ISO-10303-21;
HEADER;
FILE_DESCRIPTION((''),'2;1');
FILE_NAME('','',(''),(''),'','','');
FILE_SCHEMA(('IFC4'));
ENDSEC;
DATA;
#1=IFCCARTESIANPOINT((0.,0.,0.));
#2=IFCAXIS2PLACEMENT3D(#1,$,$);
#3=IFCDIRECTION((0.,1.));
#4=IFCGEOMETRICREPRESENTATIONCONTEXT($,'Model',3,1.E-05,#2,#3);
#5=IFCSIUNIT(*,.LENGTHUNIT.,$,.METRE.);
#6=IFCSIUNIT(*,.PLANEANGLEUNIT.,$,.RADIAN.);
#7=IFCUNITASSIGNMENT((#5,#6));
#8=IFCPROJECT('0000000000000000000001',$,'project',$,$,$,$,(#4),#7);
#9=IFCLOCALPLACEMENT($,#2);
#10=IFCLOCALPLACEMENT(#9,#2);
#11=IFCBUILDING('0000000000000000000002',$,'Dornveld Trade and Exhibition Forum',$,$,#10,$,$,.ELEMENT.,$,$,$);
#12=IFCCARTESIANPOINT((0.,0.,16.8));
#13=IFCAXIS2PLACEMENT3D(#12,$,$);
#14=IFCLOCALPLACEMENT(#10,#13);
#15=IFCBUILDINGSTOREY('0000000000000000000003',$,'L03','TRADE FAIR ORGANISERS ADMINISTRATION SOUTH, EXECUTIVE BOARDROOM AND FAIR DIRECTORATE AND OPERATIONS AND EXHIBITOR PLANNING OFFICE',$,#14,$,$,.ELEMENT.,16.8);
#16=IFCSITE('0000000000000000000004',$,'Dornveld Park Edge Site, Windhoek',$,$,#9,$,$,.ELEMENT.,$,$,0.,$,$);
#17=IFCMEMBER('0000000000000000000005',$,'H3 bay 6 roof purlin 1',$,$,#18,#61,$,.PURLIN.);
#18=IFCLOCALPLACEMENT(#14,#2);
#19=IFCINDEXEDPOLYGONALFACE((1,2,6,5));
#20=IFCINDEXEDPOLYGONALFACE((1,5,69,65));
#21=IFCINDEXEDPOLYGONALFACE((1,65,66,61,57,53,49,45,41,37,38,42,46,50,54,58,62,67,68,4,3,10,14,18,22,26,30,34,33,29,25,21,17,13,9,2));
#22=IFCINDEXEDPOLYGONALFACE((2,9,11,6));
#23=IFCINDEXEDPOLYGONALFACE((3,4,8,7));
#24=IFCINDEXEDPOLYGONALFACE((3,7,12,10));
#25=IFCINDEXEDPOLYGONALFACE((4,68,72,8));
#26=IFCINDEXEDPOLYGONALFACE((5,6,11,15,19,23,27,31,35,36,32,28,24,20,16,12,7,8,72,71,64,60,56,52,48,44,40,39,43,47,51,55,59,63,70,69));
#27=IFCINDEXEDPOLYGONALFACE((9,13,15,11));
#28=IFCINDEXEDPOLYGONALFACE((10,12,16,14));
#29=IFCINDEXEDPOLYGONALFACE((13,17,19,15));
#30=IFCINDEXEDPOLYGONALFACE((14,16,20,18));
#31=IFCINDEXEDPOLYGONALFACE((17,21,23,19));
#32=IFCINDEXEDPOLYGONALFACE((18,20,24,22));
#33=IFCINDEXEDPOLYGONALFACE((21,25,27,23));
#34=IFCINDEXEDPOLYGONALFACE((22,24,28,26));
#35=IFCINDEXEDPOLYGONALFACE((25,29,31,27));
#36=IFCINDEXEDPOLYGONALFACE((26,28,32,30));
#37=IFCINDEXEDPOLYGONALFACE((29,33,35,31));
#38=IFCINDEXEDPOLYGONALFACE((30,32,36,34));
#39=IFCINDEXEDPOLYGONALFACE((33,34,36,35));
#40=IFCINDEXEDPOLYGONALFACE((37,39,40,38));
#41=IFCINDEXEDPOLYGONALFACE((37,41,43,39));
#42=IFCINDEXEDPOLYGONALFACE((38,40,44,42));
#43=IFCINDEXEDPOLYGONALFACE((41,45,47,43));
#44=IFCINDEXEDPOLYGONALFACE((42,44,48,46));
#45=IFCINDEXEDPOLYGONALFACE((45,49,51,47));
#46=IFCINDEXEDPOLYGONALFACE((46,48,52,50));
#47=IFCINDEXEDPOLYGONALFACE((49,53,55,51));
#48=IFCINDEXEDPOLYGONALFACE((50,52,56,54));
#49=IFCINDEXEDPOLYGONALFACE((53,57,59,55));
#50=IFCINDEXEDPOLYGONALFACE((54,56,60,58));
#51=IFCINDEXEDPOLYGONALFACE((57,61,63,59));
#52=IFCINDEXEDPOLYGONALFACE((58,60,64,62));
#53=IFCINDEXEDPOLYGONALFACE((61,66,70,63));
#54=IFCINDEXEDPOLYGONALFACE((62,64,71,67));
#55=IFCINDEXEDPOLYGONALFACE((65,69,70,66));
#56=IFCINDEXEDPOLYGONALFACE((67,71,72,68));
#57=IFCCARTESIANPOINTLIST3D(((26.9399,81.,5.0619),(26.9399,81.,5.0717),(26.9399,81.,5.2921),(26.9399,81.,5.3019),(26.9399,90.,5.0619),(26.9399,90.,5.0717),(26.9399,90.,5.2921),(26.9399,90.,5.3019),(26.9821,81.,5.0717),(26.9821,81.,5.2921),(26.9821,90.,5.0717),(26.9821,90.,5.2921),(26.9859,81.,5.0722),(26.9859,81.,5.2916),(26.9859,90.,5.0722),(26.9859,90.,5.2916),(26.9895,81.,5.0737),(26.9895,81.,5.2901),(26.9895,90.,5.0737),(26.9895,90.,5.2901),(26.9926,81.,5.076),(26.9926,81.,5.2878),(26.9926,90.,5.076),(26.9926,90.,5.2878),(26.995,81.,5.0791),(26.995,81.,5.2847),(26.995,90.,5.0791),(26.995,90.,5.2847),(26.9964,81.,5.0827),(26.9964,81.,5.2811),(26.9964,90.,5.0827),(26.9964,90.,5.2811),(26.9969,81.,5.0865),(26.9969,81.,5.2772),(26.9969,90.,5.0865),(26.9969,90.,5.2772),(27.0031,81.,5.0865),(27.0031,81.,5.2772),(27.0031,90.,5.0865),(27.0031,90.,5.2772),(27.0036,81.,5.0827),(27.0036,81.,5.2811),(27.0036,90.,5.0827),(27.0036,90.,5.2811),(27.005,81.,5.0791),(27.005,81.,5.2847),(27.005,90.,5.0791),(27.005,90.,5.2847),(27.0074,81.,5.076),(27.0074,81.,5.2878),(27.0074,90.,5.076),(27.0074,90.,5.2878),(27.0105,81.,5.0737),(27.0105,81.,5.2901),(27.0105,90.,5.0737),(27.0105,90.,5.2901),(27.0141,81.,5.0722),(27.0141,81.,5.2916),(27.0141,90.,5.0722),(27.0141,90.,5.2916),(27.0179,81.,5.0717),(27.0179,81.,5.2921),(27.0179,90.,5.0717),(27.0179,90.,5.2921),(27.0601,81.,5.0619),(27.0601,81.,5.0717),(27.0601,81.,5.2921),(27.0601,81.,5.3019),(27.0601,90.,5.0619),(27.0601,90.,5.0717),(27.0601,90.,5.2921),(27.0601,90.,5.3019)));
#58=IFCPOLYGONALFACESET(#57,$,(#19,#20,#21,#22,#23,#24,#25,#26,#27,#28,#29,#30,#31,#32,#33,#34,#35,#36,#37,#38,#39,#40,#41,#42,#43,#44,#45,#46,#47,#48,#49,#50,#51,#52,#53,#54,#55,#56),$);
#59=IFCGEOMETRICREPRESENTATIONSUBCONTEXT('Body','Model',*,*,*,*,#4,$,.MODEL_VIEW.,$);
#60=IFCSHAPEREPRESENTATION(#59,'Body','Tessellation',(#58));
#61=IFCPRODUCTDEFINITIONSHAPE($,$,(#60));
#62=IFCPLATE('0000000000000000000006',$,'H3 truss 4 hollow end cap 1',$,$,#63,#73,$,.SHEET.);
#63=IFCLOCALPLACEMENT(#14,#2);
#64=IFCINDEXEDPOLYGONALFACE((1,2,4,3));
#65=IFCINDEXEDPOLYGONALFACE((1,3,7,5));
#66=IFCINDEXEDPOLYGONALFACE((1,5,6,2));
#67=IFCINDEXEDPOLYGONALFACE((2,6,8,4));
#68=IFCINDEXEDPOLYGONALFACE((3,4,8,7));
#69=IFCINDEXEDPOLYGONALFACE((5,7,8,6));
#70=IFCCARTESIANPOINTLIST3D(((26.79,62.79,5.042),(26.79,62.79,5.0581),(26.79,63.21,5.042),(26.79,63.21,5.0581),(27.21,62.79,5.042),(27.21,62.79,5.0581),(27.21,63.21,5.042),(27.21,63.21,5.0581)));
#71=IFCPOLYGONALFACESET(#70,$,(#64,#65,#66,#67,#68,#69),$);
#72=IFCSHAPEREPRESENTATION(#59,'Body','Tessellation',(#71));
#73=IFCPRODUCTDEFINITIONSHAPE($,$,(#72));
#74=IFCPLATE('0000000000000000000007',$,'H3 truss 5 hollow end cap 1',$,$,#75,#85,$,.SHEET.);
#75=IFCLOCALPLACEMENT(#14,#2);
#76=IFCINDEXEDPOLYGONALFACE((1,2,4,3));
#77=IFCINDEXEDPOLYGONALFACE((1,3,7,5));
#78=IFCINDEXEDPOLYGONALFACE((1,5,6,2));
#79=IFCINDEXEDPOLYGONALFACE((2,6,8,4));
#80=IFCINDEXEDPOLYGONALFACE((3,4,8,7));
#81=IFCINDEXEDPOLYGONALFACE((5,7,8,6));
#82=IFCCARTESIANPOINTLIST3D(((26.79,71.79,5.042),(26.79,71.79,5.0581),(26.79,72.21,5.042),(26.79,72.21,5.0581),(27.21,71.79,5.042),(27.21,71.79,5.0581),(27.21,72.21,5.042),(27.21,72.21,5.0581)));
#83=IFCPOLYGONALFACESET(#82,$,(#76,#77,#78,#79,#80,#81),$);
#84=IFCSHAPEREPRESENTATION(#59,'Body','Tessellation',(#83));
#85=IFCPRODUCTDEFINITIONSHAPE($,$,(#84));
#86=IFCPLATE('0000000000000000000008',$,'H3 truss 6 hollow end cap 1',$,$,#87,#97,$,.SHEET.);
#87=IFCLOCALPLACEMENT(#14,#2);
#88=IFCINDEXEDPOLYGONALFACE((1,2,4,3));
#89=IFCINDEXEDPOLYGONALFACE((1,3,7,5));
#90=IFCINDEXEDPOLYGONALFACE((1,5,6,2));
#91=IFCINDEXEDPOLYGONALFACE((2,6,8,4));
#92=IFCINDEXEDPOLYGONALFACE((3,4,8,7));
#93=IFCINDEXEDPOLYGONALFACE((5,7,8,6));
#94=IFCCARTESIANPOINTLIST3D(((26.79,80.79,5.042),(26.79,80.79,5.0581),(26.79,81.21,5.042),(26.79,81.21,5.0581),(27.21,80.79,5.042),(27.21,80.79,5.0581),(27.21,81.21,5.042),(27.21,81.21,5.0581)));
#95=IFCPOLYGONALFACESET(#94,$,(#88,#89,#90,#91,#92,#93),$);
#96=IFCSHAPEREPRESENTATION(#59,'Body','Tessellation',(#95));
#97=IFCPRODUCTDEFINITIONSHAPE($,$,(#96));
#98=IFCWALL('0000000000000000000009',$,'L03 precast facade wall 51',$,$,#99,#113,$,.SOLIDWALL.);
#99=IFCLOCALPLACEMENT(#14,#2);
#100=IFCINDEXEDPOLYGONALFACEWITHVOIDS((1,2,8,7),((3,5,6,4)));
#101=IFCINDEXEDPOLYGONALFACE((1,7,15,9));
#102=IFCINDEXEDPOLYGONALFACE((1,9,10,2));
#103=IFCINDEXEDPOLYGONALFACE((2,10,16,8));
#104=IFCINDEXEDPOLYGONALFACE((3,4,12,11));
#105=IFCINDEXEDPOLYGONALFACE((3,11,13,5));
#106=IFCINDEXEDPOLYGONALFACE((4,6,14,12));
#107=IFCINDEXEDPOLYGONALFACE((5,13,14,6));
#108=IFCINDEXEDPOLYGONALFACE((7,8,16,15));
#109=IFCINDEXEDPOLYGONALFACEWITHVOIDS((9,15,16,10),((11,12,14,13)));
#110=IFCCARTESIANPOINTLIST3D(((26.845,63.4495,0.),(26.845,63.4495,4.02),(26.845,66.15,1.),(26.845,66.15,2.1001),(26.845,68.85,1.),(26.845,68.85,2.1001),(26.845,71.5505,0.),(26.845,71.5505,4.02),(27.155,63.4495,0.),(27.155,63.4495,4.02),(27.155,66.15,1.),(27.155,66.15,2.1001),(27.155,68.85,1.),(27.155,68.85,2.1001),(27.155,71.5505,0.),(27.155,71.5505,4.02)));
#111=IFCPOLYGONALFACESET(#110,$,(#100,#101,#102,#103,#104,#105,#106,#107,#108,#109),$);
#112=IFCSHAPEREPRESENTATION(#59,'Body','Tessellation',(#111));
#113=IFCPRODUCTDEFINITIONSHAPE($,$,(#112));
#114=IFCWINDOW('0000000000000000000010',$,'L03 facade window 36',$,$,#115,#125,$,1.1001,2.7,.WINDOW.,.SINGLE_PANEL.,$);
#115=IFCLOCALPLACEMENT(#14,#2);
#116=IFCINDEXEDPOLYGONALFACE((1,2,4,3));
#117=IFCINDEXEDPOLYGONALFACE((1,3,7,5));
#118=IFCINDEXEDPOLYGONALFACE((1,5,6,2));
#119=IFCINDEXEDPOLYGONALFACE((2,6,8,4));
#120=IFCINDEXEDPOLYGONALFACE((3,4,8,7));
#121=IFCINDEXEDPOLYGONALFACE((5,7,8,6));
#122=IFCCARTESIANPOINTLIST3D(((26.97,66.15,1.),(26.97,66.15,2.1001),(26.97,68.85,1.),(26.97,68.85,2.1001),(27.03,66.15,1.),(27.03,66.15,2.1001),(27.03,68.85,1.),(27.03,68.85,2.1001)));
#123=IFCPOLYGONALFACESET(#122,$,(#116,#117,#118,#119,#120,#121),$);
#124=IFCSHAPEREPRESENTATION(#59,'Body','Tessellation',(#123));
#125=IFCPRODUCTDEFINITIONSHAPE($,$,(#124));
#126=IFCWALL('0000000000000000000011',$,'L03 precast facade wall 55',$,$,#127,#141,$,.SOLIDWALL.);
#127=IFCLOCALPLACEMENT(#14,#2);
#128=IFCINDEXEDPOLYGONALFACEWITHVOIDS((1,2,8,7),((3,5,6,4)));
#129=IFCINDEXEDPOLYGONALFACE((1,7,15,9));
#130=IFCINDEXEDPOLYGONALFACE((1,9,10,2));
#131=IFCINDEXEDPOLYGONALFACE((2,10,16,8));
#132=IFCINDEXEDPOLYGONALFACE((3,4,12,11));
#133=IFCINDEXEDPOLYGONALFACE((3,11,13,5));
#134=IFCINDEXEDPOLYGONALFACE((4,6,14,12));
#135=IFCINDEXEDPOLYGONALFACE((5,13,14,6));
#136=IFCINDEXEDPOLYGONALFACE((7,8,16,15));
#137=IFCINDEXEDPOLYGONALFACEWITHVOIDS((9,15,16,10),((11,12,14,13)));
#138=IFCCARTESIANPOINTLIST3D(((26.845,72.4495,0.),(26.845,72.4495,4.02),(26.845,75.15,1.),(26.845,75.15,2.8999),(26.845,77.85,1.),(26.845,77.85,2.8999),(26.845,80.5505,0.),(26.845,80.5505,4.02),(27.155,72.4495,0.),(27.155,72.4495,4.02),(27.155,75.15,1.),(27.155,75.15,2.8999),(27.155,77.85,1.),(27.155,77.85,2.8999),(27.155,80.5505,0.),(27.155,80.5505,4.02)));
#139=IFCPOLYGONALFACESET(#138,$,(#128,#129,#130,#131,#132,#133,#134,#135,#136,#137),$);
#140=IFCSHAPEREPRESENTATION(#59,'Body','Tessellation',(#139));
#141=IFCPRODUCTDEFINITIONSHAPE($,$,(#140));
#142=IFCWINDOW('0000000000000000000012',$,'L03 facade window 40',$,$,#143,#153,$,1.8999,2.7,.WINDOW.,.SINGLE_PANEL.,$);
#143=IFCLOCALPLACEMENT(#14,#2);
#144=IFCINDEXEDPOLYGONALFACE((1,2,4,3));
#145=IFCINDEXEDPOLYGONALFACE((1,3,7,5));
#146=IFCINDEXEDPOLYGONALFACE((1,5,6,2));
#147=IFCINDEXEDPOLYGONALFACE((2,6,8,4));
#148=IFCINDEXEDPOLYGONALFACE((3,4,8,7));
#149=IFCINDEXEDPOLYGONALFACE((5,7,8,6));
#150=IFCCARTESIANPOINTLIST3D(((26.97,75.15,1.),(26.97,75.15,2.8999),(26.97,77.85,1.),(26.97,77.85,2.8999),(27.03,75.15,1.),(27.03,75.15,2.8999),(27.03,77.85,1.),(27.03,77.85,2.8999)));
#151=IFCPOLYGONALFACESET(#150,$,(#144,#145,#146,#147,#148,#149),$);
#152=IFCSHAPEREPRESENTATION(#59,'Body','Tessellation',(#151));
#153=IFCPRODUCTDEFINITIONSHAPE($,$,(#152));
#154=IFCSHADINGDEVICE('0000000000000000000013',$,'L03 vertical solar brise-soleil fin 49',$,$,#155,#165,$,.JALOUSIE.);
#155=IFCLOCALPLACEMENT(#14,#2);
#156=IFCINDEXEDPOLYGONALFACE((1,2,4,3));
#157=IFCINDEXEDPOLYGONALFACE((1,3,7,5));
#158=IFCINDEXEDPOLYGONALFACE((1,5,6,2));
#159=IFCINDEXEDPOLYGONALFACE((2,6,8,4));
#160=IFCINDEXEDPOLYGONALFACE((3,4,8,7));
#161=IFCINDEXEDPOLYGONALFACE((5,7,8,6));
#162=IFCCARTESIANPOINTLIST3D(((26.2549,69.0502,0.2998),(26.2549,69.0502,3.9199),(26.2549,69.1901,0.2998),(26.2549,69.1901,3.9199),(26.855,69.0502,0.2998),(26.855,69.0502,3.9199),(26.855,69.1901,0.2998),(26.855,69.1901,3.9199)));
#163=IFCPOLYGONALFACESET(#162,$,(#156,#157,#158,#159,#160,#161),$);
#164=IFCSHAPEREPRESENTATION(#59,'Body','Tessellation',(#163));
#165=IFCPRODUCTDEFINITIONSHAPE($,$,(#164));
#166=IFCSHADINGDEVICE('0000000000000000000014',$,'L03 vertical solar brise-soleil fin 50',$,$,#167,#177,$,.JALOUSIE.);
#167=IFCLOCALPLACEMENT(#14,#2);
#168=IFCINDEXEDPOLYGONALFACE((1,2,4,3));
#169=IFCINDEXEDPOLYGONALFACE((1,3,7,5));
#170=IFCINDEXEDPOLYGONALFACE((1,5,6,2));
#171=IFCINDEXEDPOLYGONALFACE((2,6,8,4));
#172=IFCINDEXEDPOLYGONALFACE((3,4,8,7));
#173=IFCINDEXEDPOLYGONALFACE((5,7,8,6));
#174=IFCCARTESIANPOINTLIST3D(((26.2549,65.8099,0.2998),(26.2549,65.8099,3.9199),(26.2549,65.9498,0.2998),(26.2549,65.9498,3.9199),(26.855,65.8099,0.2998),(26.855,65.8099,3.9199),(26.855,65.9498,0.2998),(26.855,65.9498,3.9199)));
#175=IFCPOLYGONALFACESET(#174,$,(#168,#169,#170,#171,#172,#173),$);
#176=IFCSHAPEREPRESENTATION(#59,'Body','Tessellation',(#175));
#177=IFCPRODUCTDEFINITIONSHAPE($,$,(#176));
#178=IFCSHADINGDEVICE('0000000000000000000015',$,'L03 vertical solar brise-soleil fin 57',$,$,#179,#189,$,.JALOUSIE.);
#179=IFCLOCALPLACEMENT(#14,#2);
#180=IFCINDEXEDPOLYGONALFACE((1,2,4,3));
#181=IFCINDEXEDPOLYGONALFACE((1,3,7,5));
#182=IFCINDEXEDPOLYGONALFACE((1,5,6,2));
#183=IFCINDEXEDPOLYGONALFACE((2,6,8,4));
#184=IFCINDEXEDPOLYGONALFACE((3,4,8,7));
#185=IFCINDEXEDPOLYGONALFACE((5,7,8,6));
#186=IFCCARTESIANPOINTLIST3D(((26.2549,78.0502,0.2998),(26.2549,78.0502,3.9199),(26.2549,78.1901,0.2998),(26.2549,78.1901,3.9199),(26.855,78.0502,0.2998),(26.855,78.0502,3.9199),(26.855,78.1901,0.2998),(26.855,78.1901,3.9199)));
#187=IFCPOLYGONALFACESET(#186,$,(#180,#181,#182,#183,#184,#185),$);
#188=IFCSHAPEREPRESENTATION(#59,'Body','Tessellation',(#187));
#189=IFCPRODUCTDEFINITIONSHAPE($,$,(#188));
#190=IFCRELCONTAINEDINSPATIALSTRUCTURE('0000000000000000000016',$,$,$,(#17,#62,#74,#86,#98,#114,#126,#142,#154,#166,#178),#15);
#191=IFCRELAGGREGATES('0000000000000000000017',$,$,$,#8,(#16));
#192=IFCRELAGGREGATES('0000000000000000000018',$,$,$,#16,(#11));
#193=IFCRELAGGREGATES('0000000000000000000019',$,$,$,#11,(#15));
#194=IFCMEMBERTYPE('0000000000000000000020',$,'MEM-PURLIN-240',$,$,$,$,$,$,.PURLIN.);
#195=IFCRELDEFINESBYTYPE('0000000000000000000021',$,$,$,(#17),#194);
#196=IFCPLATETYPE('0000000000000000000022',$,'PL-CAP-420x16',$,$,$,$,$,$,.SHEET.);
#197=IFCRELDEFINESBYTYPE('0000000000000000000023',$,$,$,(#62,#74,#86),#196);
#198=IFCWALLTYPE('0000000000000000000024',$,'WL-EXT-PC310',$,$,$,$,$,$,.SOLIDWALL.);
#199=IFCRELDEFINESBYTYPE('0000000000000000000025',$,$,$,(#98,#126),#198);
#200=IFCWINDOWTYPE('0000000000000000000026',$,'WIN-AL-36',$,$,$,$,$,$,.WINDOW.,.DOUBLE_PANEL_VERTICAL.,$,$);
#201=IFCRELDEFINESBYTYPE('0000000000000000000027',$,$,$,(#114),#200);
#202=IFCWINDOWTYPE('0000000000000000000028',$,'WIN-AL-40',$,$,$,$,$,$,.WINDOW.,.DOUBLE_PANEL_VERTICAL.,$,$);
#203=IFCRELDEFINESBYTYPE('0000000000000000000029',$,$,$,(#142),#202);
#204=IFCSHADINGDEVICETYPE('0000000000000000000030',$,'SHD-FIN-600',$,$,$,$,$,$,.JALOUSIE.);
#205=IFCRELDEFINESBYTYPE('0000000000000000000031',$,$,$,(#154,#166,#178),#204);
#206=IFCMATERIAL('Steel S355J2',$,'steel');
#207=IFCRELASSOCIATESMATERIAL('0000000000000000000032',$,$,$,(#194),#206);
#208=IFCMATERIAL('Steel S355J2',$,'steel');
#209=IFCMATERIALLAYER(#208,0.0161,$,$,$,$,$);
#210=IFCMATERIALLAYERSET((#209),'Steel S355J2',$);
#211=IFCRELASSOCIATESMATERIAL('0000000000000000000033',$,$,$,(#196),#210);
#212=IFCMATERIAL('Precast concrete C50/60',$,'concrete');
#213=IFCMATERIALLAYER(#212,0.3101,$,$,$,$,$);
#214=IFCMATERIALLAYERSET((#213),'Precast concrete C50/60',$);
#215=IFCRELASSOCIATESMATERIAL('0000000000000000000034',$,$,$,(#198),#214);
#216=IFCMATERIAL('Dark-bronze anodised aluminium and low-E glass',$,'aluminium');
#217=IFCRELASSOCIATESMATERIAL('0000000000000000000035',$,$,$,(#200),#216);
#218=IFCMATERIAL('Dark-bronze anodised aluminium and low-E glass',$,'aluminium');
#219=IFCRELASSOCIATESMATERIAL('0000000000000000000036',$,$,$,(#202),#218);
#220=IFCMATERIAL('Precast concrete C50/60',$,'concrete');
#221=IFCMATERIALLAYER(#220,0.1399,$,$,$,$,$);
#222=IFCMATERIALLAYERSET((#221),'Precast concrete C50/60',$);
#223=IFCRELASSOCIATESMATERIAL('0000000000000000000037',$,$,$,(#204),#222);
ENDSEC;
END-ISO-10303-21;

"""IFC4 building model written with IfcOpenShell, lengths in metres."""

from ifc_helpers import new_model, si_unit, direction, frame, frame_2d, origin, origin_2d, place, context, subcontext, project, spatial, rectangle, i_section, extrude, material, layer, layer_set, material_profile, profile_set, type_object, element, fill, save


model = new_model("IFC4")

# Units and contexts
model_context = context("Model", 3, precision=1e-05, world=origin(), true_north=direction((0.0, 1.0)))
body_context = subcontext(model_context, "Body", "Model", "MODEL_VIEW")
ifc_project = project(units=[si_unit("LENGTHUNIT", "METRE"), si_unit("PLANEANGLEUNIT", "RADIAN")], contexts=[model_context])

# Site, building, storey
site_placement = place(None, origin())
site = spatial("IfcSite", under=ifc_project, at=site_placement, Name="Dornveld Park Edge Site, Windhoek", CompositionType="ELEMENT", RefElevation=0.0)
building_placement = place(site_placement, origin())
building = spatial("IfcBuilding", under=site, at=building_placement, Name="Dornveld Trade and Exhibition Forum", CompositionType="ELEMENT")
storey_placement = place(building_placement, frame((0.0, 0.0, 16.8)))
storey = spatial("IfcBuildingStorey", under=building, at=storey_placement, Name="L03", Description="TRADE FAIR ORGANISERS ADMINISTRATION SOUTH, EXECUTIVE BOARDROOM AND FAIR DIRECTORATE AND OPERATIONS AND EXHIBITOR PLANNING OFFICE", CompositionType="ELEMENT", Elevation=16.8)

# Member
ifc_material_1 = material(Name="Steel S355J2", Category="steel")
ifc_material_profile_1 = material_profile(ifc_material_1, i_section(OverallWidth=0.1201, OverallDepth=0.24, WebThickness=0.0061, FlangeThickness=0.0098, FilletRadius=0.0149, at=origin_2d()), Name="IPE 240")
ifc_profile_set_1 = profile_set([ifc_material_profile_1], Name="Steel S355J2")
member_type_1 = type_object("IfcMemberType", Name="MEM-PURLIN-240", PredefinedType="PURLIN", material=ifc_profile_set_1)
for number, where, z_axis, x_axis, name in (
    (1, (27.0, 81.0, 5.1819), (0.0, 1.0, 0.0), (-1.0, 0.0, 0.0), "H3 bay 6 roof purlin 1"),
):
    element("IfcMember", number, at=place(storey_placement, frame(where, z_axis=z_axis, x_axis=x_axis)), inside=storey, type_object=member_type_1, Name=name, PredefinedType="PURLIN", context=body_context, shape_type="SweptSolid", body=[
        extrude(i_section(OverallWidth=0.1201, OverallDepth=0.24, WebThickness=0.0061, FlangeThickness=0.0098, FilletRadius=0.0149, at=origin_2d()), origin(), (0.0, 0.0, 1.0), 9.0),
    ])

# Plates
ifc_material_2 = material(Name="Steel S355J2", Category="steel")
ifc_layer_1 = layer(ifc_material_2, 0.0161)
ifc_layer_set_1 = layer_set([ifc_layer_1], Name="Steel S355J2")
plate_type = type_object("IfcPlateType", Name="PL-CAP-420x16", PredefinedType="SHEET", material=ifc_layer_set_1)
for number, where, z_axis, x_axis, name in (
    (2, (27.0, 63.0, 5.042), (0.0, 0.0, 1.0), (1.0, 0.0, 0.0), "H3 truss 4 hollow end cap 1"),
    (3, (27.0, 72.0, 5.042), (0.0, 0.0, 1.0), (1.0, 0.0, 0.0), "H3 truss 5 hollow end cap 1"),
    (4, (27.0, 81.0, 5.042), (0.0, 0.0, 1.0), (1.0, 0.0, 0.0), "H3 truss 6 hollow end cap 1"),
):
    element("IfcPlate", number, at=place(storey_placement, frame(where, z_axis=z_axis, x_axis=x_axis)), inside=storey, type_object=plate_type, Name=name, PredefinedType="SHEET", context=body_context, shape_type="SweptSolid", body=[
        extrude(rectangle(XDim=0.4199, YDim=0.4199, at=origin_2d()), origin(), (0.0, 0.0, 1.0), 0.0161),
    ])

# Walls, openings, windows
ifc_material_3 = material(Name="Precast concrete C50/60", Category="concrete")
ifc_layer_2 = layer(ifc_material_3, 0.3101)
ifc_layer_set_2 = layer_set([ifc_layer_2], Name="Precast concrete C50/60")
wall_type = type_object("IfcWallType", Name="WL-EXT-PC310", PredefinedType="SOLIDWALL", material=ifc_layer_set_2)
wall_1_placement = place(storey_placement, frame((27.0, 71.5505, 0.0), z_axis=(0.0, 0.0, 1.0), x_axis=(0.0, -1.0, 0.0)))
wall_1 = element("IfcWall", 5, at=wall_1_placement, inside=storey, type_object=wall_type, Name="L03 precast facade wall 51", PredefinedType="SOLIDWALL", context=body_context, shape_type="SweptSolid", body=[
    extrude(rectangle(XDim=8.1011, YDim=0.3101, at=frame_2d((4.0505, 0.0))), origin(), (0.0, 0.0, 1.0), 4.02),
])
opening_1_placement = place(wall_1_placement, frame((2.7004, 0.0, 1.0)))
opening_1 = element("IfcOpeningElement", 6, at=opening_1_placement, cuts=wall_1, PredefinedType="OPENING", context=body_context, shape_type="SweptSolid", body=[
    extrude(rectangle(XDim=2.7, YDim=1.1001, at=frame_2d((1.3501, 0.55))), frame((0.0, 0.165, 0.0), z_axis=(0.0, -1.0, 0.0), x_axis=(1.0, 0.0, 0.0)), (0.0, 0.0, 1.0), 0.3301),
])
ifc_material_4 = material(Name="Dark-bronze anodised aluminium and low-E glass", Category="aluminium")
window_type_1 = type_object("IfcWindowType", Name="WIN-AL-36", PartitioningType="DOUBLE_PANEL_VERTICAL", PredefinedType="WINDOW", material=ifc_material_4)
window_1_placement = place(opening_1_placement, origin())
window_1 = element("IfcWindow", 7, at=window_1_placement, inside=storey, type_object=window_type_1, Name="L03 facade window 36", OverallHeight=1.1001, OverallWidth=2.7, PartitioningType="SINGLE_PANEL", PredefinedType="WINDOW", context=body_context, shape_type="SweptSolid", body=[
    extrude(rectangle(XDim=2.7, YDim=1.1001, at=frame_2d((1.3501, 0.55))), frame((0.0, 0.03, 0.0), z_axis=(0.0, -1.0, 0.0), x_axis=(1.0, 0.0, 0.0)), (0.0, 0.0, 1.0), 0.0601),
])
fill(opening_1, window_1)
wall_2_placement = place(storey_placement, frame((27.0, 80.5505, 0.0), z_axis=(0.0, 0.0, 1.0), x_axis=(0.0, -1.0, 0.0)))
wall_2 = element("IfcWall", 8, at=wall_2_placement, inside=storey, type_object=wall_type, Name="L03 precast facade wall 55", PredefinedType="SOLIDWALL", context=body_context, shape_type="SweptSolid", body=[
    extrude(rectangle(XDim=8.1011, YDim=0.3101, at=frame_2d((4.0505, 0.0))), origin(), (0.0, 0.0, 1.0), 4.02),
])
opening_2_placement = place(wall_2_placement, frame((2.7004, 0.0, 1.0)))
opening_2 = element("IfcOpeningElement", 9, at=opening_2_placement, cuts=wall_2, PredefinedType="OPENING", context=body_context, shape_type="SweptSolid", body=[
    extrude(rectangle(XDim=2.7, YDim=1.8999, at=frame_2d((1.3501, 0.95))), frame((0.0, 0.165, 0.0), z_axis=(0.0, -1.0, 0.0), x_axis=(1.0, 0.0, 0.0)), (0.0, 0.0, 1.0), 0.3301),
])
ifc_material_5 = material(Name="Dark-bronze anodised aluminium and low-E glass", Category="aluminium")
window_type_2 = type_object("IfcWindowType", Name="WIN-AL-40", PartitioningType="DOUBLE_PANEL_VERTICAL", PredefinedType="WINDOW", material=ifc_material_5)
window_2_placement = place(opening_2_placement, origin())
window_2 = element("IfcWindow", 10, at=window_2_placement, inside=storey, type_object=window_type_2, Name="L03 facade window 40", OverallHeight=1.8999, OverallWidth=2.7, PartitioningType="SINGLE_PANEL", PredefinedType="WINDOW", context=body_context, shape_type="SweptSolid", body=[
    extrude(rectangle(XDim=2.7, YDim=1.8999, at=frame_2d((1.3501, 0.95))), frame((0.0, 0.03, 0.0), z_axis=(0.0, -1.0, 0.0), x_axis=(1.0, 0.0, 0.0)), (0.0, 0.0, 1.0), 0.0601),
])
fill(opening_2, window_2)

# Shading devices
ifc_material_6 = material(Name="Precast concrete C50/60", Category="concrete")
ifc_layer_3 = layer(ifc_material_6, 0.1399)
ifc_layer_set_3 = layer_set([ifc_layer_3], Name="Precast concrete C50/60")
shading_device_type = type_object("IfcShadingDeviceType", Name="SHD-FIN-600", PredefinedType="JALOUSIE", material=ifc_layer_set_3)
for number, where, z_axis, x_axis, name in (
    (11, (26.5549, 69.1201, 0.2998), (0.0, 0.0, 1.0), (0.0, -1.0, 0.0), "L03 vertical solar brise-soleil fin 49"),
    (12, (26.5549, 65.8799, 0.2998), (0.0, 0.0, 1.0), (0.0, -1.0, 0.0), "L03 vertical solar brise-soleil fin 50"),
    (13, (26.5549, 78.1201, 0.2998), (0.0, 0.0, 1.0), (0.0, -1.0, 0.0), "L03 vertical solar brise-soleil fin 57"),
):
    element("IfcShadingDevice", number, at=place(storey_placement, frame(where, z_axis=z_axis, x_axis=x_axis)), inside=storey, type_object=shading_device_type, Name=name, PredefinedType="JALOUSIE", context=body_context, shape_type="SweptSolid", body=[
        extrude(rectangle(XDim=0.1399, YDim=0.6001, at=origin_2d()), origin(), (0.0, 0.0, 1.0), 3.6201),
    ])

save(model, "model.ifc")
